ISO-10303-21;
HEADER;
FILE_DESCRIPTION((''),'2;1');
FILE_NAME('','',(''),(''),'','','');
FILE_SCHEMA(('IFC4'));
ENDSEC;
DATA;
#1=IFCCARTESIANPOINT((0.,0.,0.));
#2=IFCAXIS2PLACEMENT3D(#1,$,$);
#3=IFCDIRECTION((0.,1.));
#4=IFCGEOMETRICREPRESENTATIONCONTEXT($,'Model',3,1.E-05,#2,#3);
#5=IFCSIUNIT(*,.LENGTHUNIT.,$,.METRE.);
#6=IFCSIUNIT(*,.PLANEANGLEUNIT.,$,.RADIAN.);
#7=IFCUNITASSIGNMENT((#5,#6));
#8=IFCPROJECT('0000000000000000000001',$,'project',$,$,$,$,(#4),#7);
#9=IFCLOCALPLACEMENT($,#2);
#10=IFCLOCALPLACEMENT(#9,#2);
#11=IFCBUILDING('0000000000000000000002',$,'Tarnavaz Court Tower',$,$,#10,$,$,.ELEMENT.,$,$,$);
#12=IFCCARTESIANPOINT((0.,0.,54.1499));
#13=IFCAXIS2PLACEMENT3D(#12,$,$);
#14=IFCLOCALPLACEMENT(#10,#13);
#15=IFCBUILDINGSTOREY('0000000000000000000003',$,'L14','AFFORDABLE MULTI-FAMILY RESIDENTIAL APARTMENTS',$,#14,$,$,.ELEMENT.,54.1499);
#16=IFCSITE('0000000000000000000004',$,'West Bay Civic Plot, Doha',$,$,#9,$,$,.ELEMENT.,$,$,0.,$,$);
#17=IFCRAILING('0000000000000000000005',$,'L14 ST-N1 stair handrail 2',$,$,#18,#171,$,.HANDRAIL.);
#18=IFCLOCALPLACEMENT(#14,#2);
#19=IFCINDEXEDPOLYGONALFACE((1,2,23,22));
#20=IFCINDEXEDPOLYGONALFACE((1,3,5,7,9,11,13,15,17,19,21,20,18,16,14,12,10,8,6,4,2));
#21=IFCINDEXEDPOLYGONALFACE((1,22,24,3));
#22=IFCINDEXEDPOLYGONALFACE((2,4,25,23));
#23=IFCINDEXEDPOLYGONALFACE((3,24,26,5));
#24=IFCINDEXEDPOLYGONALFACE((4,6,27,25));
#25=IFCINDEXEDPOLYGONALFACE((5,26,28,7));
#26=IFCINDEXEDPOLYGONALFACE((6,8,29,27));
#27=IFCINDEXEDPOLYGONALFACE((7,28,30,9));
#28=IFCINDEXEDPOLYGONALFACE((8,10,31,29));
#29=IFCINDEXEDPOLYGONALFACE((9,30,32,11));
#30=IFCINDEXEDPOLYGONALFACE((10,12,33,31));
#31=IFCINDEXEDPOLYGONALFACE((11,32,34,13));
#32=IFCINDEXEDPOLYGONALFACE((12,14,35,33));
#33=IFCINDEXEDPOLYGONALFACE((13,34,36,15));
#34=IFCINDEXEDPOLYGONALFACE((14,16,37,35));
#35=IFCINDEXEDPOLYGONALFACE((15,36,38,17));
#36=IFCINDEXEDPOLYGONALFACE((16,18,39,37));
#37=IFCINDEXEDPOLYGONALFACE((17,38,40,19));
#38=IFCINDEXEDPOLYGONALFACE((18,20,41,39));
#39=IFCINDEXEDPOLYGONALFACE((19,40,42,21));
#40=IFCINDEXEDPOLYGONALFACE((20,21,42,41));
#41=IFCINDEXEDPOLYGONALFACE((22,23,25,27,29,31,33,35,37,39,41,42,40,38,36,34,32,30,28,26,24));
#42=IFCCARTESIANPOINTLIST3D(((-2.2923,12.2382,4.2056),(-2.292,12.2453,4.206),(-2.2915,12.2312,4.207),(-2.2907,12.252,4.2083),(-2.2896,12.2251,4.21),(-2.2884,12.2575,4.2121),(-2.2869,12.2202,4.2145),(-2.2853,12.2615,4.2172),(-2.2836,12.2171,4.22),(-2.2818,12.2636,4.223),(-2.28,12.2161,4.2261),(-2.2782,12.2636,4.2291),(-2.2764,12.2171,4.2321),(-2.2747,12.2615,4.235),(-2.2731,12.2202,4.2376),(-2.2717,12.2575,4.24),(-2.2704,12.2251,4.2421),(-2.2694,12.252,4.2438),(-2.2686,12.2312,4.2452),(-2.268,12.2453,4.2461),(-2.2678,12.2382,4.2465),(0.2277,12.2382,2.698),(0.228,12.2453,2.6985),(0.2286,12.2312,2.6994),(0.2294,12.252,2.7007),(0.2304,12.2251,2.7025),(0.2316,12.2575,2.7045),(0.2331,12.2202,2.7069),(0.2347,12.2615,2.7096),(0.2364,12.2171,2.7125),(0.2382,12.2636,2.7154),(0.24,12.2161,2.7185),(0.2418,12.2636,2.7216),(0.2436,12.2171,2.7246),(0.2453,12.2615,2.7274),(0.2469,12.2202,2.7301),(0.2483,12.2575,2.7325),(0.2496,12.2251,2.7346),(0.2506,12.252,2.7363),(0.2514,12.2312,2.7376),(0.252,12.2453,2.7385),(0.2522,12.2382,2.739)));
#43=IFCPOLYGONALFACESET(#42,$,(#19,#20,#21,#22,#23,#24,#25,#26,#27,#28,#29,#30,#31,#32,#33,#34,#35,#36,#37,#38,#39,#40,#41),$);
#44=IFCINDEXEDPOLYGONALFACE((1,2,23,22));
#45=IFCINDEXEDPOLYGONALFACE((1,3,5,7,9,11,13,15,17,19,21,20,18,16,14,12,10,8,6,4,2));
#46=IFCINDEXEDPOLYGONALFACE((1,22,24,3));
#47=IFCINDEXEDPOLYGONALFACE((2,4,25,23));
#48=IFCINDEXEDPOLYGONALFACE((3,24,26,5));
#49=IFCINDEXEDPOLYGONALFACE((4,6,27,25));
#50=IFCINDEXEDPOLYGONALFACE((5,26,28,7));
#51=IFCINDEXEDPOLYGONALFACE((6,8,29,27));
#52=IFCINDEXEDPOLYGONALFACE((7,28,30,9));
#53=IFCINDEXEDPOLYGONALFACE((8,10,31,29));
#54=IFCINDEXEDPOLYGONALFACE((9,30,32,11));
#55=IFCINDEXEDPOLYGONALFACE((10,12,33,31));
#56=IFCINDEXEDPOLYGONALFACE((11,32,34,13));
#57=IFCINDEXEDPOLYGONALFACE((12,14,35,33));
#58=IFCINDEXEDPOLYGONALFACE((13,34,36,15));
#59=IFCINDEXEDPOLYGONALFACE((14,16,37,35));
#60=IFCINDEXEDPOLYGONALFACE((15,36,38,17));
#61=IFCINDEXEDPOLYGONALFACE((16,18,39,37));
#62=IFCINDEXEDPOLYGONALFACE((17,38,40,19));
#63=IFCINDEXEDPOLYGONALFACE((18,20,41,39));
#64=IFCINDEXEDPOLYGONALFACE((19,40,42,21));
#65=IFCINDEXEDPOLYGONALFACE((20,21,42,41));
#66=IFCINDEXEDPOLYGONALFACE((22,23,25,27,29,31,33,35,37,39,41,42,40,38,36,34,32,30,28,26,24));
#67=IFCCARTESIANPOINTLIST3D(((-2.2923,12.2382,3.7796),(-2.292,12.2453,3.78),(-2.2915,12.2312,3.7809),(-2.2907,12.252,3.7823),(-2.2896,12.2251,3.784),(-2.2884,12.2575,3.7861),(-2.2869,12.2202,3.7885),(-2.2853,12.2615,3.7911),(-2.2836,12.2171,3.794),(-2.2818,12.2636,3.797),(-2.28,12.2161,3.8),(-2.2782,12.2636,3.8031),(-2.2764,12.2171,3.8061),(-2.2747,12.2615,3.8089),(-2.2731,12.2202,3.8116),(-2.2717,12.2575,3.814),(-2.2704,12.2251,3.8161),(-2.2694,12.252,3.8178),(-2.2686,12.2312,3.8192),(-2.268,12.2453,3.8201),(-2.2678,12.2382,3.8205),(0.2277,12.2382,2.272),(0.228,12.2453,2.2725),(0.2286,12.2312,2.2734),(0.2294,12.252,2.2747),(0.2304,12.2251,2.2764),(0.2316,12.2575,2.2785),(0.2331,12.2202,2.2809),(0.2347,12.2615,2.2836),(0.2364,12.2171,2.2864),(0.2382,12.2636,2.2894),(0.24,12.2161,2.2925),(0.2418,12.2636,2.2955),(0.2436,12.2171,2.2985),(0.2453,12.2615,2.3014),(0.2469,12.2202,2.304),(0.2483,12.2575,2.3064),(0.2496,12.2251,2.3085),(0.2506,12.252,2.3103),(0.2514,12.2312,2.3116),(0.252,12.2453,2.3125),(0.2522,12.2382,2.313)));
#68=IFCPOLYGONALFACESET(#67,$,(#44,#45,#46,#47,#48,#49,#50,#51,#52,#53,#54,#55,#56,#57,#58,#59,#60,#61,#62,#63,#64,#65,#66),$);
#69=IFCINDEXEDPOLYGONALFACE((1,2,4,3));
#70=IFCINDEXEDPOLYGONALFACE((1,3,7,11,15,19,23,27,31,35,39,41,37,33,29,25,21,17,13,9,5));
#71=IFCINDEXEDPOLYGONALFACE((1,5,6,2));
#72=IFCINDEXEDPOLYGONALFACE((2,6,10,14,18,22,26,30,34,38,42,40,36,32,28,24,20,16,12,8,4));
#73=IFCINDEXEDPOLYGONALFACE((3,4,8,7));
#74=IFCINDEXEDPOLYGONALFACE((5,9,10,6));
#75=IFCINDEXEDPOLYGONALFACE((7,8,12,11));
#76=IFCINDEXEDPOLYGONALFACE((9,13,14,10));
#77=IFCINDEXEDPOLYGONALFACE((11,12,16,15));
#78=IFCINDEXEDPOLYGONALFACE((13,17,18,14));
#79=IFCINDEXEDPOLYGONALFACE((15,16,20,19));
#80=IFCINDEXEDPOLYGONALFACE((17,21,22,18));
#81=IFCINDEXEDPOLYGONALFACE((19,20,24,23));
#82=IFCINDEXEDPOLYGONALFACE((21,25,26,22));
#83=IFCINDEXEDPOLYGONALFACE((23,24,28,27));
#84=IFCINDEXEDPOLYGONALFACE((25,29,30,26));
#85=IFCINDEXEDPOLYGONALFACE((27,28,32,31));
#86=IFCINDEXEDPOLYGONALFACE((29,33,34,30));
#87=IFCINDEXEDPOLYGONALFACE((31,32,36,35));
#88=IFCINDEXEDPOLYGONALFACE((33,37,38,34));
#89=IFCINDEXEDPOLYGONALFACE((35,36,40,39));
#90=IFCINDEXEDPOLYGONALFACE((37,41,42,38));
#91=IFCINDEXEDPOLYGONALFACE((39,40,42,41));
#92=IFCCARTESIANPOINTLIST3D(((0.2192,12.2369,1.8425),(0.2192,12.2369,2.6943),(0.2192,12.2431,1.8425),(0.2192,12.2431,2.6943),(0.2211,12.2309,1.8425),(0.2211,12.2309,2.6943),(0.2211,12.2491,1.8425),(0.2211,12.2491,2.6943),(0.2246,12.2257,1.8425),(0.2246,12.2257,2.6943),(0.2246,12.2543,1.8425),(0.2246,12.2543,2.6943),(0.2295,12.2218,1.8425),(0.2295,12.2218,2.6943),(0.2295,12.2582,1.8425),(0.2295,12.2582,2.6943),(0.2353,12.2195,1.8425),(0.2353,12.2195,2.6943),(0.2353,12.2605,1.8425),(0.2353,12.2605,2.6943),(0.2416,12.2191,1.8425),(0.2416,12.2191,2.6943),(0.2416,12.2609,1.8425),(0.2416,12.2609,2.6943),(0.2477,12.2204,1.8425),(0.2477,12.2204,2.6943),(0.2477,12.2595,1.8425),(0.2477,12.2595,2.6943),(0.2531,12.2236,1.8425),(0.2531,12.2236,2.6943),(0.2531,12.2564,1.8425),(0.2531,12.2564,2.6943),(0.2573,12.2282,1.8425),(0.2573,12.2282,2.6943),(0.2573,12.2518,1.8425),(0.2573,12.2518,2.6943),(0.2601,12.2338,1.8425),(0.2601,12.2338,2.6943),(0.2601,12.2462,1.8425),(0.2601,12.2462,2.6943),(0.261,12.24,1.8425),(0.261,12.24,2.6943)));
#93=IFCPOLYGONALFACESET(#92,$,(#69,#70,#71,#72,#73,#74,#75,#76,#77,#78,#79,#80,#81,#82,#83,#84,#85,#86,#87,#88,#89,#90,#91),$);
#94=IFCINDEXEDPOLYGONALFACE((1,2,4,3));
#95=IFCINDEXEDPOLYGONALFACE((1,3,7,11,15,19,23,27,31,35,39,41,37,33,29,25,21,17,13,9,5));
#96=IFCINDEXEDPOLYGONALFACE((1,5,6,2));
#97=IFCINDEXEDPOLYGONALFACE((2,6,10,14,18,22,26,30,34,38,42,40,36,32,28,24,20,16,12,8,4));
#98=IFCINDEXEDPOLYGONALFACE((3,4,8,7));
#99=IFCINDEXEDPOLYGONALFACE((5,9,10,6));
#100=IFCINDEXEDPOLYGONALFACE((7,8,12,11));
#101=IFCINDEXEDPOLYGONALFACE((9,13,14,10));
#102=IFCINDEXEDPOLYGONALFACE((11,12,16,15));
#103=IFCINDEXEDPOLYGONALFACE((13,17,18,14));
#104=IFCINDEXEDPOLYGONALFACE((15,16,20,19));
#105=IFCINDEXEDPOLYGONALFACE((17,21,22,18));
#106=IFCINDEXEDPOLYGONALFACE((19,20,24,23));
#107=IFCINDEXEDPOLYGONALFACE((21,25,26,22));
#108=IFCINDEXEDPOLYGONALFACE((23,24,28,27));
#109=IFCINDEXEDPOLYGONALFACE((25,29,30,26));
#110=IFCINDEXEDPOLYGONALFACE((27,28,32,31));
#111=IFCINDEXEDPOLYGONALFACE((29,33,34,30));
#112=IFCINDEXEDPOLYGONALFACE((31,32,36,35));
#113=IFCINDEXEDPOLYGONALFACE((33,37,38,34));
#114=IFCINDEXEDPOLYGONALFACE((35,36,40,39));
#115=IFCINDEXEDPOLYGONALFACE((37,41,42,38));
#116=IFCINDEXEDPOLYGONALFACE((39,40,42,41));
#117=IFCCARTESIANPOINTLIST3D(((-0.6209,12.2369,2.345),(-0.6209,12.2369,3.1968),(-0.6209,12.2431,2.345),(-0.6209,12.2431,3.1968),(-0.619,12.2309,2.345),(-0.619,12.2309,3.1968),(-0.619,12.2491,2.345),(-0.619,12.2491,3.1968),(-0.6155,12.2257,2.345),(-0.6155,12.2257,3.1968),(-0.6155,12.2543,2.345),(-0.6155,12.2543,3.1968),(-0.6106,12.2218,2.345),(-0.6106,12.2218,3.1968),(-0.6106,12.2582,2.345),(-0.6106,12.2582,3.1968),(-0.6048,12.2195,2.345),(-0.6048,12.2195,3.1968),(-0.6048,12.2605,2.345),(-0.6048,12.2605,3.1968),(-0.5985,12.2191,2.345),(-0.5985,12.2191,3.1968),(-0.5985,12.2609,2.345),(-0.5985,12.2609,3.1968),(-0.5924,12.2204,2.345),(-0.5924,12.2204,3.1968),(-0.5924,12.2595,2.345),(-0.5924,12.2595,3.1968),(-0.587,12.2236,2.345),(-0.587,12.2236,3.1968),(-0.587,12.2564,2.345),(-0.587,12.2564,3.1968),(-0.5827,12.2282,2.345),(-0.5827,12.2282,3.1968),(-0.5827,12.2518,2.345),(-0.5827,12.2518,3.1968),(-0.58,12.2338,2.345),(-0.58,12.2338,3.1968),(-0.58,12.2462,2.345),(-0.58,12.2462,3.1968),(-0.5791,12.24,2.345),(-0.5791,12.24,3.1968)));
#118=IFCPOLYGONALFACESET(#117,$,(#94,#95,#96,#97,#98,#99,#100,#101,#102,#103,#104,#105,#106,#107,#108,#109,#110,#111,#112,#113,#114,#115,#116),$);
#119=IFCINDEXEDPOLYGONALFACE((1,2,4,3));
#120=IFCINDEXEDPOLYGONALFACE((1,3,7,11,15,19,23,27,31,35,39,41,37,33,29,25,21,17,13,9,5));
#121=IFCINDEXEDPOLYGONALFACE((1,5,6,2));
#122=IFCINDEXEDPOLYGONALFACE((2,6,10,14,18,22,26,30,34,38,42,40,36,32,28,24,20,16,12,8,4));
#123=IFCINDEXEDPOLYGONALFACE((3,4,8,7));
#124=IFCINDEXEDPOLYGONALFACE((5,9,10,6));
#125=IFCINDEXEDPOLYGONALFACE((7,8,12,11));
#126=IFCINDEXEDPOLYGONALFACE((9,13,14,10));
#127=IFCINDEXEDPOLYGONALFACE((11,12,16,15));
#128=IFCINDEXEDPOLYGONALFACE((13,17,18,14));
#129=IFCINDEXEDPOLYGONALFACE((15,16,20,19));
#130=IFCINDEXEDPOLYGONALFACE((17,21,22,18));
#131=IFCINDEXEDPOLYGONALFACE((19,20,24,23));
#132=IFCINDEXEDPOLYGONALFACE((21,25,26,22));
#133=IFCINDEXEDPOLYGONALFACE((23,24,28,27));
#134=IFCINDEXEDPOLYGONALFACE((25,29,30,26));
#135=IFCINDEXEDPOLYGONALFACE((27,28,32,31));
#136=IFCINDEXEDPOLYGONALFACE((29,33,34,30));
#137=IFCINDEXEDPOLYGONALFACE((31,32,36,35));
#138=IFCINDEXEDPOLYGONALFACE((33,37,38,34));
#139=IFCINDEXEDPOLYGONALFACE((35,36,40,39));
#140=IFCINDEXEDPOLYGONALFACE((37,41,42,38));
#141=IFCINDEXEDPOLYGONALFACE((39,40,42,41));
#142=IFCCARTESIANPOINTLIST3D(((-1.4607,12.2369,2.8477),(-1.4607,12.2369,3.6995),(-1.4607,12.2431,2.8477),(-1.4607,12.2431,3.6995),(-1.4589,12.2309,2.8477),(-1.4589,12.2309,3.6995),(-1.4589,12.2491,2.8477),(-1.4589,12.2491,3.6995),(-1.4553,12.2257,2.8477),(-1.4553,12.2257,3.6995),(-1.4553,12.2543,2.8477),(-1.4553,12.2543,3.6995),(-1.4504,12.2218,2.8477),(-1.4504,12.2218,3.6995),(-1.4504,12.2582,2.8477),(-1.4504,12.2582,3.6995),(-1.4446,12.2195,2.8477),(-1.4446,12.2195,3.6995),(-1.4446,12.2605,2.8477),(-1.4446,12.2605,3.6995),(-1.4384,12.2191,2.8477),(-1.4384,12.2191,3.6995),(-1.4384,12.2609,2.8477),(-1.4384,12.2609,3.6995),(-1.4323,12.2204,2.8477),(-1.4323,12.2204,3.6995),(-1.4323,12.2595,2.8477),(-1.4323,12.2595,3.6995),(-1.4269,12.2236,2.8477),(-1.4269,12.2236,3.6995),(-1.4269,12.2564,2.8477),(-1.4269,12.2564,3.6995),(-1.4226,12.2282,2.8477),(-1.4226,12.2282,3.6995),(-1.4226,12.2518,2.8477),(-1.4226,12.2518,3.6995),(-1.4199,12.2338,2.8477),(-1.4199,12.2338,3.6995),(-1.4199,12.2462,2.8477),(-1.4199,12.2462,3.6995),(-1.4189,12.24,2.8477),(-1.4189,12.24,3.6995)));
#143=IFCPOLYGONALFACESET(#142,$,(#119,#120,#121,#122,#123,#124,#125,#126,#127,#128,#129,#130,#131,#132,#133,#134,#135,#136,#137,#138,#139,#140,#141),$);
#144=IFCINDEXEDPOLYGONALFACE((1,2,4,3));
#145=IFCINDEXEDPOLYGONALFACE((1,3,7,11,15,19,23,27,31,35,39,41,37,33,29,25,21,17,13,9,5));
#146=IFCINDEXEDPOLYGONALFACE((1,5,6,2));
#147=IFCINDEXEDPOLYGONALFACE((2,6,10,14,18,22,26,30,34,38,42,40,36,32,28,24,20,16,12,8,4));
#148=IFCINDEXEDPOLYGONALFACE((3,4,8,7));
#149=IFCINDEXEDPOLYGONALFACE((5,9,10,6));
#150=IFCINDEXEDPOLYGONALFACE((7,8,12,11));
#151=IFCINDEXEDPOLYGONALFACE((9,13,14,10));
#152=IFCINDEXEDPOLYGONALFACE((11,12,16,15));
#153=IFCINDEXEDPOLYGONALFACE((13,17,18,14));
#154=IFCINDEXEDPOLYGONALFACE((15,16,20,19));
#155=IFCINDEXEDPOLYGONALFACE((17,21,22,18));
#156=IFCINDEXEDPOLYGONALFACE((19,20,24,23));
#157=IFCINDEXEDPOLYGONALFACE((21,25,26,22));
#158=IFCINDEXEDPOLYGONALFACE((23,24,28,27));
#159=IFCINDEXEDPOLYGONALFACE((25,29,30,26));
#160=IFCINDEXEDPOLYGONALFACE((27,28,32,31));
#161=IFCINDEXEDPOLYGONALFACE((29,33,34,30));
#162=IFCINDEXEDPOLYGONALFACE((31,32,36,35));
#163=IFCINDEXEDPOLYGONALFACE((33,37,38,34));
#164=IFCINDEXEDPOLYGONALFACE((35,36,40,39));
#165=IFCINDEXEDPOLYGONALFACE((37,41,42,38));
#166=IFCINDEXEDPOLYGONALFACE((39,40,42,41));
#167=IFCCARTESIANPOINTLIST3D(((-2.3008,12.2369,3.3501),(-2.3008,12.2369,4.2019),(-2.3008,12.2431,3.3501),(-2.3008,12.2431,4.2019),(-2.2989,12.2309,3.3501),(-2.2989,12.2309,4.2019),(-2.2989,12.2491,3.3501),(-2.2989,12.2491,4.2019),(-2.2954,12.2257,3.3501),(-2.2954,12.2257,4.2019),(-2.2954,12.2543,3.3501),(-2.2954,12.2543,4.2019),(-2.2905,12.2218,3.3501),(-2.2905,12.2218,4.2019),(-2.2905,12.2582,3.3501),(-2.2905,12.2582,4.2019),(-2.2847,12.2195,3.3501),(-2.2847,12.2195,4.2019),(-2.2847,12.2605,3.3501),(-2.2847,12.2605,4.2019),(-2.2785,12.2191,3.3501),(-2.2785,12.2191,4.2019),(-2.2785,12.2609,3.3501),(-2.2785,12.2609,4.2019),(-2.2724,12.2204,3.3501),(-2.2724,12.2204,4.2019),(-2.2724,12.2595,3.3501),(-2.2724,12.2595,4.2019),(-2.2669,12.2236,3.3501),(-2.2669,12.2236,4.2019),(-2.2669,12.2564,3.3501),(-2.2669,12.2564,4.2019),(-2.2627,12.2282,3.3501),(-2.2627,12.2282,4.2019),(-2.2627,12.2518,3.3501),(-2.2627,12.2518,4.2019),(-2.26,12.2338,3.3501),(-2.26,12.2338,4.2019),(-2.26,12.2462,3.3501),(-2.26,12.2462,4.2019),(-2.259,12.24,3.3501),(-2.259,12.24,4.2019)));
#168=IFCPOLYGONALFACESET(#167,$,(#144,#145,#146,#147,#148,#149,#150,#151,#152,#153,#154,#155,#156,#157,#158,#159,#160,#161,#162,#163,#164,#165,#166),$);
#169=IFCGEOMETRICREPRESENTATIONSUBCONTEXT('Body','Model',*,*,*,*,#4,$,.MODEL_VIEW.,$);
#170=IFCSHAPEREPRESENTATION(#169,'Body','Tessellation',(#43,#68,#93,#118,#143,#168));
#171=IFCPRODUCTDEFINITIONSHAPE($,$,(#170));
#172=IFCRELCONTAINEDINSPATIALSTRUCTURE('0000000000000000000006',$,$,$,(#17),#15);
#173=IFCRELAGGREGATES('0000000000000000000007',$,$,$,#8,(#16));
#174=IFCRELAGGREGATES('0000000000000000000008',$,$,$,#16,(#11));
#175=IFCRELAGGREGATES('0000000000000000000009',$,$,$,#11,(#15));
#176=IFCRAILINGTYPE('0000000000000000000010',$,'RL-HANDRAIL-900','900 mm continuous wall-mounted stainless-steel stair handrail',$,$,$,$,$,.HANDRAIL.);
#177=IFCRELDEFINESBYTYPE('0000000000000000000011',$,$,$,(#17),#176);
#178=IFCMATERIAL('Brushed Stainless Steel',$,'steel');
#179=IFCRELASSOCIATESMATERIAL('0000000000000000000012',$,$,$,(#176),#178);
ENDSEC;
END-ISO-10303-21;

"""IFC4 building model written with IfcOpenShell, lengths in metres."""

from ifc_helpers import new_model, si_unit, direction, frame, origin, origin_2d, place, context, subcontext, project, spatial, circle, extrude, material, type_object, element, save


model = new_model("IFC4")

# Units and contexts
model_context = context("Model", 3, precision=1e-05, world=origin(), true_north=direction((0.0, 1.0)))
body_context = subcontext(model_context, "Body", "Model", "MODEL_VIEW")
ifc_project = project(units=[si_unit("LENGTHUNIT", "METRE"), si_unit("PLANEANGLEUNIT", "RADIAN")], contexts=[model_context])

# Site, building, storey
site_placement = place(None, origin())
site = spatial("IfcSite", under=ifc_project, at=site_placement, Name="West Bay Civic Plot, Doha", CompositionType="ELEMENT", RefElevation=0.0)
building_placement = place(site_placement, origin())
building = spatial("IfcBuilding", under=site, at=building_placement, Name="Tarnavaz Court Tower", CompositionType="ELEMENT")
storey_placement = place(building_placement, frame((0.0, 0.0, 54.1499)))
storey = spatial("IfcBuildingStorey", under=building, at=storey_placement, Name="L14", Description="AFFORDABLE MULTI-FAMILY RESIDENTIAL APARTMENTS", CompositionType="ELEMENT", Elevation=54.1499)

# Railing
ifc_material_1 = material(Name="Brushed Stainless Steel", Category="steel")
railing_type_1 = type_object("IfcRailingType", Name="RL-HANDRAIL-900", Description="900 mm continuous wall-mounted stainless-steel stair handrail", PredefinedType="HANDRAIL", material=ifc_material_1)
railing_1_placement = place(storey_placement, frame((0.24, 12.24, 1.8425)))
element("IfcRailing", 1, at=railing_1_placement, inside=storey, type_object=railing_type_1, Name="L14 ST-N1 stair handrail 2", PredefinedType="HANDRAIL", context=body_context, shape_type="SweptSolid", body=[
    extrude(circle(Radius=0.0239, at=origin_2d()), frame((0.0, 0.0, 0.876), z_axis=(-0.85816, 0.0, 0.513383), x_axis=(0.0, -1.0, 0.0)), (0.0, 0.0, 1.0), 2.9365),
    extrude(circle(Radius=0.0239, at=origin_2d()), frame((0.0, 0.0, 0.45), z_axis=(-0.85816, 0.0, 0.513383), x_axis=(0.0, -1.0, 0.0)), (0.0, 0.0, 1.0), 2.9365),
    extrude(circle(Radius=0.021, at=origin_2d()), origin(), (0.0, 0.0, 1.0), 0.8518),
    extrude(circle(Radius=0.021, at=origin_2d()), frame((-0.8401, 0.0, 0.5024)), (0.0, 0.0, 1.0), 0.8518),
    extrude(circle(Radius=0.021, at=origin_2d()), frame((-1.6799, 0.0, 1.0051)), (0.0, 0.0, 1.0), 0.8518),
    extrude(circle(Radius=0.021, at=origin_2d()), frame((-2.52, 0.0, 1.5076)), (0.0, 0.0, 1.0), 0.8518),
])

save(model, "model.ifc")
